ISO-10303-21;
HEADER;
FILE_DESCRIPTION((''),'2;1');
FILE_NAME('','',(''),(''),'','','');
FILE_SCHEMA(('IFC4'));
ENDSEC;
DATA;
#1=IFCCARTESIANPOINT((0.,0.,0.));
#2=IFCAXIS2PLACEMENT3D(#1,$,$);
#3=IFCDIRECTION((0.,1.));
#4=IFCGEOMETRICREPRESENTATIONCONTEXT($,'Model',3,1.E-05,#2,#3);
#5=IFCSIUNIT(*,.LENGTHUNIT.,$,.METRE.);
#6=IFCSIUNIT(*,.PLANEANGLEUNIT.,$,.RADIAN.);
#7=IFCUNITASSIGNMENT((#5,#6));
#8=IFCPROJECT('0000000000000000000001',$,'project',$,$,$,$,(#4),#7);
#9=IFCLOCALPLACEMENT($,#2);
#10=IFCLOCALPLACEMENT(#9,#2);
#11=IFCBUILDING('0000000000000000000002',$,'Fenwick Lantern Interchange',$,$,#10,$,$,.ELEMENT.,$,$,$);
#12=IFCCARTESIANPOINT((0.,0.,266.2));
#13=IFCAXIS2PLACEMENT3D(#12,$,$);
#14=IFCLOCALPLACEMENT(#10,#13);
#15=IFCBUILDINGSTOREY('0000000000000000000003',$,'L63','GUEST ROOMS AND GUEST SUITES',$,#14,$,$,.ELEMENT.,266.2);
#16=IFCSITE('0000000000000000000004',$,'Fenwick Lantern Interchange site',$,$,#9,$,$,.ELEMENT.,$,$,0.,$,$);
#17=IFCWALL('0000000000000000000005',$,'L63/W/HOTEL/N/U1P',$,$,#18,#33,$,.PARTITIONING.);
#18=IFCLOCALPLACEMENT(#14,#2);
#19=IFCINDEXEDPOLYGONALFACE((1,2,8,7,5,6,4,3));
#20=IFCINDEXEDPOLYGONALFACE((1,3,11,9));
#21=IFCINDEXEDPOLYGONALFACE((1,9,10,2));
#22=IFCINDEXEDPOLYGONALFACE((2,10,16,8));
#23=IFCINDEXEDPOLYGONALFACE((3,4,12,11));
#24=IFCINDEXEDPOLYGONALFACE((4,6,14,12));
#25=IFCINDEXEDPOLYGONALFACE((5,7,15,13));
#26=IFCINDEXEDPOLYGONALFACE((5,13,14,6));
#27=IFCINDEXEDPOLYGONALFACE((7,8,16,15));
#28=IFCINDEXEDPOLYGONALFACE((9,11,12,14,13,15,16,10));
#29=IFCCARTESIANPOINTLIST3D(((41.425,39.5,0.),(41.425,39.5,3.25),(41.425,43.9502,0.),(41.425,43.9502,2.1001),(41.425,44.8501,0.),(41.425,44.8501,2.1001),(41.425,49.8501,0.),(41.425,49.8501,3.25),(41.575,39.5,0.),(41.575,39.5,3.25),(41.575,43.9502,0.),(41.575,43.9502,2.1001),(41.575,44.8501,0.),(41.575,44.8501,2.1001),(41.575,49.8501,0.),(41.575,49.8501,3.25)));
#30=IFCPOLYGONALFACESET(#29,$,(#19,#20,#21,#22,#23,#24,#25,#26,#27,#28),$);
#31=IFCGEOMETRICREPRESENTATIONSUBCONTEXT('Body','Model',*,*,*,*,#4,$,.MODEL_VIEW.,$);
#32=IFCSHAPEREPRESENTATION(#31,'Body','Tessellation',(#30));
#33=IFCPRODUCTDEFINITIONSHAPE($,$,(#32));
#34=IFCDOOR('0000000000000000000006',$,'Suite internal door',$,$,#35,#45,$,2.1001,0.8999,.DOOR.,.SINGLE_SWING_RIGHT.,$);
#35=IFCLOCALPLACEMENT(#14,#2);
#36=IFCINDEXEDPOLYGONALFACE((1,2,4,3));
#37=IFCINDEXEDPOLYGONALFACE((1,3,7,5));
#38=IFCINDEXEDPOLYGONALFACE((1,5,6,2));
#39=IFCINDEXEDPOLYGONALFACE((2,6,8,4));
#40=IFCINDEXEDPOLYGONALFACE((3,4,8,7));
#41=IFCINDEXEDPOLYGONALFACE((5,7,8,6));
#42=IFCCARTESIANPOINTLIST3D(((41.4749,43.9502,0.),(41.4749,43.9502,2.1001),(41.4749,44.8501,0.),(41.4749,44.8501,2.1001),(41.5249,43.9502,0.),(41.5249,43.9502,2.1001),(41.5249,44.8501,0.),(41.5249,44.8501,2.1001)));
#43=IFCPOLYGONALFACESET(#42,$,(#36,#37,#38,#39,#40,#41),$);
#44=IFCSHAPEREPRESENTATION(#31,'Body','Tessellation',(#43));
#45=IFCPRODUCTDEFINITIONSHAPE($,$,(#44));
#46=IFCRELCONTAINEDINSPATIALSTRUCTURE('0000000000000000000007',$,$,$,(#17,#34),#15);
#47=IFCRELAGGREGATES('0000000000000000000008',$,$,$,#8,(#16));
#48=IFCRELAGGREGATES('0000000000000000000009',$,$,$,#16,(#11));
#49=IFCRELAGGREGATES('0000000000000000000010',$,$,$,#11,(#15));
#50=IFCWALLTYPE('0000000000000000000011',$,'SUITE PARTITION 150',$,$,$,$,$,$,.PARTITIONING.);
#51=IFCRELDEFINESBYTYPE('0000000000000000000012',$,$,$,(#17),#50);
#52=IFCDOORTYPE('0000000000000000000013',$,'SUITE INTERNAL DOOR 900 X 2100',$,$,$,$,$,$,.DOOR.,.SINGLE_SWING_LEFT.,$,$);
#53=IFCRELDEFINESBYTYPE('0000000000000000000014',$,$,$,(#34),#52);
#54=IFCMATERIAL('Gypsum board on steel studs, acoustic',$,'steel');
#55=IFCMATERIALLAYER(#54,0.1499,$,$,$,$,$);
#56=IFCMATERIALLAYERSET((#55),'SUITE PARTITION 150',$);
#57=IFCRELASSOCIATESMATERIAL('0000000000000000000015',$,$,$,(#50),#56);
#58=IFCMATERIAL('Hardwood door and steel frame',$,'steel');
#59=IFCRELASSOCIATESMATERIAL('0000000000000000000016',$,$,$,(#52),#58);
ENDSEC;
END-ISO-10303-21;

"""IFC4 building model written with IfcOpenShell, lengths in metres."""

from ifc_helpers import new_model, si_unit, direction, frame, frame_2d, origin, place, context, subcontext, project, spatial, rectangle, extrude, material, layer, layer_set, type_object, element, fill, save


model = new_model("IFC4")

# Units and contexts
model_context = context("Model", 3, precision=1e-05, world=origin(), true_north=direction((0.0, 1.0)))
body_context = subcontext(model_context, "Body", "Model", "MODEL_VIEW")
ifc_project = project(units=[si_unit("LENGTHUNIT", "METRE"), si_unit("PLANEANGLEUNIT", "RADIAN")], contexts=[model_context])

# Site, building, storey
site_placement = place(None, origin())
site = spatial("IfcSite", under=ifc_project, at=site_placement, Name="Fenwick Lantern Interchange site", CompositionType="ELEMENT", RefElevation=0.0)
building_placement = place(site_placement, origin())
building = spatial("IfcBuilding", under=site, at=building_placement, Name="Fenwick Lantern Interchange", CompositionType="ELEMENT")
storey_placement = place(building_placement, frame((0.0, 0.0, 266.2)))
storey = spatial("IfcBuildingStorey", under=building, at=storey_placement, Name="L63", Description="GUEST ROOMS AND GUEST SUITES", CompositionType="ELEMENT", Elevation=266.2)

# Wall, opening, door
ifc_material_1 = material(Name="Gypsum board on steel studs, acoustic", Category="steel")
ifc_layer_1 = layer(ifc_material_1, 0.1499)
ifc_layer_set_1 = layer_set([ifc_layer_1], Name="SUITE PARTITION 150")
wall_type_1 = type_object("IfcWallType", Name="SUITE PARTITION 150", PredefinedType="PARTITIONING", material=ifc_layer_set_1)
wall_1_placement = place(storey_placement, frame((41.5, 49.8501, 0.0), z_axis=(0.0, 0.0, 1.0), x_axis=(0.0, -1.0, 0.0)))
wall_1 = element("IfcWall", 1, at=wall_1_placement, inside=storey, type_object=wall_type_1, Name="L63/W/HOTEL/N/U1P", PredefinedType="PARTITIONING", context=body_context, shape_type="SweptSolid", body=[
    extrude(rectangle(XDim=10.3501, YDim=0.1499, at=frame_2d((5.175, 0.0))), origin(), (0.0, 0.0, 1.0), 3.25),
])
opening_placement = place(wall_1_placement, frame((5.0, 0.0, 0.0)))
opening = element("IfcOpeningElement", 2, at=opening_placement, cuts=wall_1, PredefinedType="OPENING", context=body_context, shape_type="SweptSolid", body=[
    extrude(rectangle(XDim=0.8999, YDim=2.1001, at=frame_2d((0.45, 1.05))), frame((0.0, 0.085, 0.0), z_axis=(0.0, -1.0, 0.0), x_axis=(1.0, 0.0, 0.0)), (0.0, 0.0, 1.0), 0.1699),
])
ifc_material_2 = material(Name="Hardwood door and steel frame", Category="steel")
door_type = type_object("IfcDoorType", Name="SUITE INTERNAL DOOR 900 X 2100", OperationType="SINGLE_SWING_LEFT", PredefinedType="DOOR", material=ifc_material_2)
door_placement = place(opening_placement, origin())
door = element("IfcDoor", 3, at=door_placement, inside=storey, type_object=door_type, Name="Suite internal door", OperationType="SINGLE_SWING_RIGHT", OverallHeight=2.1001, OverallWidth=0.8999, PredefinedType="DOOR", context=body_context, shape_type="SweptSolid", body=[
    extrude(rectangle(XDim=0.8999, YDim=2.1001, at=frame_2d((0.45, 1.05))), frame((0.0, 0.0249, 0.0), z_axis=(0.0, -1.0, 0.0), x_axis=(1.0, 0.0, 0.0)), (0.0, 0.0, 1.0), 0.05),
])
fill(opening, door)

save(model, "model.ifc")
